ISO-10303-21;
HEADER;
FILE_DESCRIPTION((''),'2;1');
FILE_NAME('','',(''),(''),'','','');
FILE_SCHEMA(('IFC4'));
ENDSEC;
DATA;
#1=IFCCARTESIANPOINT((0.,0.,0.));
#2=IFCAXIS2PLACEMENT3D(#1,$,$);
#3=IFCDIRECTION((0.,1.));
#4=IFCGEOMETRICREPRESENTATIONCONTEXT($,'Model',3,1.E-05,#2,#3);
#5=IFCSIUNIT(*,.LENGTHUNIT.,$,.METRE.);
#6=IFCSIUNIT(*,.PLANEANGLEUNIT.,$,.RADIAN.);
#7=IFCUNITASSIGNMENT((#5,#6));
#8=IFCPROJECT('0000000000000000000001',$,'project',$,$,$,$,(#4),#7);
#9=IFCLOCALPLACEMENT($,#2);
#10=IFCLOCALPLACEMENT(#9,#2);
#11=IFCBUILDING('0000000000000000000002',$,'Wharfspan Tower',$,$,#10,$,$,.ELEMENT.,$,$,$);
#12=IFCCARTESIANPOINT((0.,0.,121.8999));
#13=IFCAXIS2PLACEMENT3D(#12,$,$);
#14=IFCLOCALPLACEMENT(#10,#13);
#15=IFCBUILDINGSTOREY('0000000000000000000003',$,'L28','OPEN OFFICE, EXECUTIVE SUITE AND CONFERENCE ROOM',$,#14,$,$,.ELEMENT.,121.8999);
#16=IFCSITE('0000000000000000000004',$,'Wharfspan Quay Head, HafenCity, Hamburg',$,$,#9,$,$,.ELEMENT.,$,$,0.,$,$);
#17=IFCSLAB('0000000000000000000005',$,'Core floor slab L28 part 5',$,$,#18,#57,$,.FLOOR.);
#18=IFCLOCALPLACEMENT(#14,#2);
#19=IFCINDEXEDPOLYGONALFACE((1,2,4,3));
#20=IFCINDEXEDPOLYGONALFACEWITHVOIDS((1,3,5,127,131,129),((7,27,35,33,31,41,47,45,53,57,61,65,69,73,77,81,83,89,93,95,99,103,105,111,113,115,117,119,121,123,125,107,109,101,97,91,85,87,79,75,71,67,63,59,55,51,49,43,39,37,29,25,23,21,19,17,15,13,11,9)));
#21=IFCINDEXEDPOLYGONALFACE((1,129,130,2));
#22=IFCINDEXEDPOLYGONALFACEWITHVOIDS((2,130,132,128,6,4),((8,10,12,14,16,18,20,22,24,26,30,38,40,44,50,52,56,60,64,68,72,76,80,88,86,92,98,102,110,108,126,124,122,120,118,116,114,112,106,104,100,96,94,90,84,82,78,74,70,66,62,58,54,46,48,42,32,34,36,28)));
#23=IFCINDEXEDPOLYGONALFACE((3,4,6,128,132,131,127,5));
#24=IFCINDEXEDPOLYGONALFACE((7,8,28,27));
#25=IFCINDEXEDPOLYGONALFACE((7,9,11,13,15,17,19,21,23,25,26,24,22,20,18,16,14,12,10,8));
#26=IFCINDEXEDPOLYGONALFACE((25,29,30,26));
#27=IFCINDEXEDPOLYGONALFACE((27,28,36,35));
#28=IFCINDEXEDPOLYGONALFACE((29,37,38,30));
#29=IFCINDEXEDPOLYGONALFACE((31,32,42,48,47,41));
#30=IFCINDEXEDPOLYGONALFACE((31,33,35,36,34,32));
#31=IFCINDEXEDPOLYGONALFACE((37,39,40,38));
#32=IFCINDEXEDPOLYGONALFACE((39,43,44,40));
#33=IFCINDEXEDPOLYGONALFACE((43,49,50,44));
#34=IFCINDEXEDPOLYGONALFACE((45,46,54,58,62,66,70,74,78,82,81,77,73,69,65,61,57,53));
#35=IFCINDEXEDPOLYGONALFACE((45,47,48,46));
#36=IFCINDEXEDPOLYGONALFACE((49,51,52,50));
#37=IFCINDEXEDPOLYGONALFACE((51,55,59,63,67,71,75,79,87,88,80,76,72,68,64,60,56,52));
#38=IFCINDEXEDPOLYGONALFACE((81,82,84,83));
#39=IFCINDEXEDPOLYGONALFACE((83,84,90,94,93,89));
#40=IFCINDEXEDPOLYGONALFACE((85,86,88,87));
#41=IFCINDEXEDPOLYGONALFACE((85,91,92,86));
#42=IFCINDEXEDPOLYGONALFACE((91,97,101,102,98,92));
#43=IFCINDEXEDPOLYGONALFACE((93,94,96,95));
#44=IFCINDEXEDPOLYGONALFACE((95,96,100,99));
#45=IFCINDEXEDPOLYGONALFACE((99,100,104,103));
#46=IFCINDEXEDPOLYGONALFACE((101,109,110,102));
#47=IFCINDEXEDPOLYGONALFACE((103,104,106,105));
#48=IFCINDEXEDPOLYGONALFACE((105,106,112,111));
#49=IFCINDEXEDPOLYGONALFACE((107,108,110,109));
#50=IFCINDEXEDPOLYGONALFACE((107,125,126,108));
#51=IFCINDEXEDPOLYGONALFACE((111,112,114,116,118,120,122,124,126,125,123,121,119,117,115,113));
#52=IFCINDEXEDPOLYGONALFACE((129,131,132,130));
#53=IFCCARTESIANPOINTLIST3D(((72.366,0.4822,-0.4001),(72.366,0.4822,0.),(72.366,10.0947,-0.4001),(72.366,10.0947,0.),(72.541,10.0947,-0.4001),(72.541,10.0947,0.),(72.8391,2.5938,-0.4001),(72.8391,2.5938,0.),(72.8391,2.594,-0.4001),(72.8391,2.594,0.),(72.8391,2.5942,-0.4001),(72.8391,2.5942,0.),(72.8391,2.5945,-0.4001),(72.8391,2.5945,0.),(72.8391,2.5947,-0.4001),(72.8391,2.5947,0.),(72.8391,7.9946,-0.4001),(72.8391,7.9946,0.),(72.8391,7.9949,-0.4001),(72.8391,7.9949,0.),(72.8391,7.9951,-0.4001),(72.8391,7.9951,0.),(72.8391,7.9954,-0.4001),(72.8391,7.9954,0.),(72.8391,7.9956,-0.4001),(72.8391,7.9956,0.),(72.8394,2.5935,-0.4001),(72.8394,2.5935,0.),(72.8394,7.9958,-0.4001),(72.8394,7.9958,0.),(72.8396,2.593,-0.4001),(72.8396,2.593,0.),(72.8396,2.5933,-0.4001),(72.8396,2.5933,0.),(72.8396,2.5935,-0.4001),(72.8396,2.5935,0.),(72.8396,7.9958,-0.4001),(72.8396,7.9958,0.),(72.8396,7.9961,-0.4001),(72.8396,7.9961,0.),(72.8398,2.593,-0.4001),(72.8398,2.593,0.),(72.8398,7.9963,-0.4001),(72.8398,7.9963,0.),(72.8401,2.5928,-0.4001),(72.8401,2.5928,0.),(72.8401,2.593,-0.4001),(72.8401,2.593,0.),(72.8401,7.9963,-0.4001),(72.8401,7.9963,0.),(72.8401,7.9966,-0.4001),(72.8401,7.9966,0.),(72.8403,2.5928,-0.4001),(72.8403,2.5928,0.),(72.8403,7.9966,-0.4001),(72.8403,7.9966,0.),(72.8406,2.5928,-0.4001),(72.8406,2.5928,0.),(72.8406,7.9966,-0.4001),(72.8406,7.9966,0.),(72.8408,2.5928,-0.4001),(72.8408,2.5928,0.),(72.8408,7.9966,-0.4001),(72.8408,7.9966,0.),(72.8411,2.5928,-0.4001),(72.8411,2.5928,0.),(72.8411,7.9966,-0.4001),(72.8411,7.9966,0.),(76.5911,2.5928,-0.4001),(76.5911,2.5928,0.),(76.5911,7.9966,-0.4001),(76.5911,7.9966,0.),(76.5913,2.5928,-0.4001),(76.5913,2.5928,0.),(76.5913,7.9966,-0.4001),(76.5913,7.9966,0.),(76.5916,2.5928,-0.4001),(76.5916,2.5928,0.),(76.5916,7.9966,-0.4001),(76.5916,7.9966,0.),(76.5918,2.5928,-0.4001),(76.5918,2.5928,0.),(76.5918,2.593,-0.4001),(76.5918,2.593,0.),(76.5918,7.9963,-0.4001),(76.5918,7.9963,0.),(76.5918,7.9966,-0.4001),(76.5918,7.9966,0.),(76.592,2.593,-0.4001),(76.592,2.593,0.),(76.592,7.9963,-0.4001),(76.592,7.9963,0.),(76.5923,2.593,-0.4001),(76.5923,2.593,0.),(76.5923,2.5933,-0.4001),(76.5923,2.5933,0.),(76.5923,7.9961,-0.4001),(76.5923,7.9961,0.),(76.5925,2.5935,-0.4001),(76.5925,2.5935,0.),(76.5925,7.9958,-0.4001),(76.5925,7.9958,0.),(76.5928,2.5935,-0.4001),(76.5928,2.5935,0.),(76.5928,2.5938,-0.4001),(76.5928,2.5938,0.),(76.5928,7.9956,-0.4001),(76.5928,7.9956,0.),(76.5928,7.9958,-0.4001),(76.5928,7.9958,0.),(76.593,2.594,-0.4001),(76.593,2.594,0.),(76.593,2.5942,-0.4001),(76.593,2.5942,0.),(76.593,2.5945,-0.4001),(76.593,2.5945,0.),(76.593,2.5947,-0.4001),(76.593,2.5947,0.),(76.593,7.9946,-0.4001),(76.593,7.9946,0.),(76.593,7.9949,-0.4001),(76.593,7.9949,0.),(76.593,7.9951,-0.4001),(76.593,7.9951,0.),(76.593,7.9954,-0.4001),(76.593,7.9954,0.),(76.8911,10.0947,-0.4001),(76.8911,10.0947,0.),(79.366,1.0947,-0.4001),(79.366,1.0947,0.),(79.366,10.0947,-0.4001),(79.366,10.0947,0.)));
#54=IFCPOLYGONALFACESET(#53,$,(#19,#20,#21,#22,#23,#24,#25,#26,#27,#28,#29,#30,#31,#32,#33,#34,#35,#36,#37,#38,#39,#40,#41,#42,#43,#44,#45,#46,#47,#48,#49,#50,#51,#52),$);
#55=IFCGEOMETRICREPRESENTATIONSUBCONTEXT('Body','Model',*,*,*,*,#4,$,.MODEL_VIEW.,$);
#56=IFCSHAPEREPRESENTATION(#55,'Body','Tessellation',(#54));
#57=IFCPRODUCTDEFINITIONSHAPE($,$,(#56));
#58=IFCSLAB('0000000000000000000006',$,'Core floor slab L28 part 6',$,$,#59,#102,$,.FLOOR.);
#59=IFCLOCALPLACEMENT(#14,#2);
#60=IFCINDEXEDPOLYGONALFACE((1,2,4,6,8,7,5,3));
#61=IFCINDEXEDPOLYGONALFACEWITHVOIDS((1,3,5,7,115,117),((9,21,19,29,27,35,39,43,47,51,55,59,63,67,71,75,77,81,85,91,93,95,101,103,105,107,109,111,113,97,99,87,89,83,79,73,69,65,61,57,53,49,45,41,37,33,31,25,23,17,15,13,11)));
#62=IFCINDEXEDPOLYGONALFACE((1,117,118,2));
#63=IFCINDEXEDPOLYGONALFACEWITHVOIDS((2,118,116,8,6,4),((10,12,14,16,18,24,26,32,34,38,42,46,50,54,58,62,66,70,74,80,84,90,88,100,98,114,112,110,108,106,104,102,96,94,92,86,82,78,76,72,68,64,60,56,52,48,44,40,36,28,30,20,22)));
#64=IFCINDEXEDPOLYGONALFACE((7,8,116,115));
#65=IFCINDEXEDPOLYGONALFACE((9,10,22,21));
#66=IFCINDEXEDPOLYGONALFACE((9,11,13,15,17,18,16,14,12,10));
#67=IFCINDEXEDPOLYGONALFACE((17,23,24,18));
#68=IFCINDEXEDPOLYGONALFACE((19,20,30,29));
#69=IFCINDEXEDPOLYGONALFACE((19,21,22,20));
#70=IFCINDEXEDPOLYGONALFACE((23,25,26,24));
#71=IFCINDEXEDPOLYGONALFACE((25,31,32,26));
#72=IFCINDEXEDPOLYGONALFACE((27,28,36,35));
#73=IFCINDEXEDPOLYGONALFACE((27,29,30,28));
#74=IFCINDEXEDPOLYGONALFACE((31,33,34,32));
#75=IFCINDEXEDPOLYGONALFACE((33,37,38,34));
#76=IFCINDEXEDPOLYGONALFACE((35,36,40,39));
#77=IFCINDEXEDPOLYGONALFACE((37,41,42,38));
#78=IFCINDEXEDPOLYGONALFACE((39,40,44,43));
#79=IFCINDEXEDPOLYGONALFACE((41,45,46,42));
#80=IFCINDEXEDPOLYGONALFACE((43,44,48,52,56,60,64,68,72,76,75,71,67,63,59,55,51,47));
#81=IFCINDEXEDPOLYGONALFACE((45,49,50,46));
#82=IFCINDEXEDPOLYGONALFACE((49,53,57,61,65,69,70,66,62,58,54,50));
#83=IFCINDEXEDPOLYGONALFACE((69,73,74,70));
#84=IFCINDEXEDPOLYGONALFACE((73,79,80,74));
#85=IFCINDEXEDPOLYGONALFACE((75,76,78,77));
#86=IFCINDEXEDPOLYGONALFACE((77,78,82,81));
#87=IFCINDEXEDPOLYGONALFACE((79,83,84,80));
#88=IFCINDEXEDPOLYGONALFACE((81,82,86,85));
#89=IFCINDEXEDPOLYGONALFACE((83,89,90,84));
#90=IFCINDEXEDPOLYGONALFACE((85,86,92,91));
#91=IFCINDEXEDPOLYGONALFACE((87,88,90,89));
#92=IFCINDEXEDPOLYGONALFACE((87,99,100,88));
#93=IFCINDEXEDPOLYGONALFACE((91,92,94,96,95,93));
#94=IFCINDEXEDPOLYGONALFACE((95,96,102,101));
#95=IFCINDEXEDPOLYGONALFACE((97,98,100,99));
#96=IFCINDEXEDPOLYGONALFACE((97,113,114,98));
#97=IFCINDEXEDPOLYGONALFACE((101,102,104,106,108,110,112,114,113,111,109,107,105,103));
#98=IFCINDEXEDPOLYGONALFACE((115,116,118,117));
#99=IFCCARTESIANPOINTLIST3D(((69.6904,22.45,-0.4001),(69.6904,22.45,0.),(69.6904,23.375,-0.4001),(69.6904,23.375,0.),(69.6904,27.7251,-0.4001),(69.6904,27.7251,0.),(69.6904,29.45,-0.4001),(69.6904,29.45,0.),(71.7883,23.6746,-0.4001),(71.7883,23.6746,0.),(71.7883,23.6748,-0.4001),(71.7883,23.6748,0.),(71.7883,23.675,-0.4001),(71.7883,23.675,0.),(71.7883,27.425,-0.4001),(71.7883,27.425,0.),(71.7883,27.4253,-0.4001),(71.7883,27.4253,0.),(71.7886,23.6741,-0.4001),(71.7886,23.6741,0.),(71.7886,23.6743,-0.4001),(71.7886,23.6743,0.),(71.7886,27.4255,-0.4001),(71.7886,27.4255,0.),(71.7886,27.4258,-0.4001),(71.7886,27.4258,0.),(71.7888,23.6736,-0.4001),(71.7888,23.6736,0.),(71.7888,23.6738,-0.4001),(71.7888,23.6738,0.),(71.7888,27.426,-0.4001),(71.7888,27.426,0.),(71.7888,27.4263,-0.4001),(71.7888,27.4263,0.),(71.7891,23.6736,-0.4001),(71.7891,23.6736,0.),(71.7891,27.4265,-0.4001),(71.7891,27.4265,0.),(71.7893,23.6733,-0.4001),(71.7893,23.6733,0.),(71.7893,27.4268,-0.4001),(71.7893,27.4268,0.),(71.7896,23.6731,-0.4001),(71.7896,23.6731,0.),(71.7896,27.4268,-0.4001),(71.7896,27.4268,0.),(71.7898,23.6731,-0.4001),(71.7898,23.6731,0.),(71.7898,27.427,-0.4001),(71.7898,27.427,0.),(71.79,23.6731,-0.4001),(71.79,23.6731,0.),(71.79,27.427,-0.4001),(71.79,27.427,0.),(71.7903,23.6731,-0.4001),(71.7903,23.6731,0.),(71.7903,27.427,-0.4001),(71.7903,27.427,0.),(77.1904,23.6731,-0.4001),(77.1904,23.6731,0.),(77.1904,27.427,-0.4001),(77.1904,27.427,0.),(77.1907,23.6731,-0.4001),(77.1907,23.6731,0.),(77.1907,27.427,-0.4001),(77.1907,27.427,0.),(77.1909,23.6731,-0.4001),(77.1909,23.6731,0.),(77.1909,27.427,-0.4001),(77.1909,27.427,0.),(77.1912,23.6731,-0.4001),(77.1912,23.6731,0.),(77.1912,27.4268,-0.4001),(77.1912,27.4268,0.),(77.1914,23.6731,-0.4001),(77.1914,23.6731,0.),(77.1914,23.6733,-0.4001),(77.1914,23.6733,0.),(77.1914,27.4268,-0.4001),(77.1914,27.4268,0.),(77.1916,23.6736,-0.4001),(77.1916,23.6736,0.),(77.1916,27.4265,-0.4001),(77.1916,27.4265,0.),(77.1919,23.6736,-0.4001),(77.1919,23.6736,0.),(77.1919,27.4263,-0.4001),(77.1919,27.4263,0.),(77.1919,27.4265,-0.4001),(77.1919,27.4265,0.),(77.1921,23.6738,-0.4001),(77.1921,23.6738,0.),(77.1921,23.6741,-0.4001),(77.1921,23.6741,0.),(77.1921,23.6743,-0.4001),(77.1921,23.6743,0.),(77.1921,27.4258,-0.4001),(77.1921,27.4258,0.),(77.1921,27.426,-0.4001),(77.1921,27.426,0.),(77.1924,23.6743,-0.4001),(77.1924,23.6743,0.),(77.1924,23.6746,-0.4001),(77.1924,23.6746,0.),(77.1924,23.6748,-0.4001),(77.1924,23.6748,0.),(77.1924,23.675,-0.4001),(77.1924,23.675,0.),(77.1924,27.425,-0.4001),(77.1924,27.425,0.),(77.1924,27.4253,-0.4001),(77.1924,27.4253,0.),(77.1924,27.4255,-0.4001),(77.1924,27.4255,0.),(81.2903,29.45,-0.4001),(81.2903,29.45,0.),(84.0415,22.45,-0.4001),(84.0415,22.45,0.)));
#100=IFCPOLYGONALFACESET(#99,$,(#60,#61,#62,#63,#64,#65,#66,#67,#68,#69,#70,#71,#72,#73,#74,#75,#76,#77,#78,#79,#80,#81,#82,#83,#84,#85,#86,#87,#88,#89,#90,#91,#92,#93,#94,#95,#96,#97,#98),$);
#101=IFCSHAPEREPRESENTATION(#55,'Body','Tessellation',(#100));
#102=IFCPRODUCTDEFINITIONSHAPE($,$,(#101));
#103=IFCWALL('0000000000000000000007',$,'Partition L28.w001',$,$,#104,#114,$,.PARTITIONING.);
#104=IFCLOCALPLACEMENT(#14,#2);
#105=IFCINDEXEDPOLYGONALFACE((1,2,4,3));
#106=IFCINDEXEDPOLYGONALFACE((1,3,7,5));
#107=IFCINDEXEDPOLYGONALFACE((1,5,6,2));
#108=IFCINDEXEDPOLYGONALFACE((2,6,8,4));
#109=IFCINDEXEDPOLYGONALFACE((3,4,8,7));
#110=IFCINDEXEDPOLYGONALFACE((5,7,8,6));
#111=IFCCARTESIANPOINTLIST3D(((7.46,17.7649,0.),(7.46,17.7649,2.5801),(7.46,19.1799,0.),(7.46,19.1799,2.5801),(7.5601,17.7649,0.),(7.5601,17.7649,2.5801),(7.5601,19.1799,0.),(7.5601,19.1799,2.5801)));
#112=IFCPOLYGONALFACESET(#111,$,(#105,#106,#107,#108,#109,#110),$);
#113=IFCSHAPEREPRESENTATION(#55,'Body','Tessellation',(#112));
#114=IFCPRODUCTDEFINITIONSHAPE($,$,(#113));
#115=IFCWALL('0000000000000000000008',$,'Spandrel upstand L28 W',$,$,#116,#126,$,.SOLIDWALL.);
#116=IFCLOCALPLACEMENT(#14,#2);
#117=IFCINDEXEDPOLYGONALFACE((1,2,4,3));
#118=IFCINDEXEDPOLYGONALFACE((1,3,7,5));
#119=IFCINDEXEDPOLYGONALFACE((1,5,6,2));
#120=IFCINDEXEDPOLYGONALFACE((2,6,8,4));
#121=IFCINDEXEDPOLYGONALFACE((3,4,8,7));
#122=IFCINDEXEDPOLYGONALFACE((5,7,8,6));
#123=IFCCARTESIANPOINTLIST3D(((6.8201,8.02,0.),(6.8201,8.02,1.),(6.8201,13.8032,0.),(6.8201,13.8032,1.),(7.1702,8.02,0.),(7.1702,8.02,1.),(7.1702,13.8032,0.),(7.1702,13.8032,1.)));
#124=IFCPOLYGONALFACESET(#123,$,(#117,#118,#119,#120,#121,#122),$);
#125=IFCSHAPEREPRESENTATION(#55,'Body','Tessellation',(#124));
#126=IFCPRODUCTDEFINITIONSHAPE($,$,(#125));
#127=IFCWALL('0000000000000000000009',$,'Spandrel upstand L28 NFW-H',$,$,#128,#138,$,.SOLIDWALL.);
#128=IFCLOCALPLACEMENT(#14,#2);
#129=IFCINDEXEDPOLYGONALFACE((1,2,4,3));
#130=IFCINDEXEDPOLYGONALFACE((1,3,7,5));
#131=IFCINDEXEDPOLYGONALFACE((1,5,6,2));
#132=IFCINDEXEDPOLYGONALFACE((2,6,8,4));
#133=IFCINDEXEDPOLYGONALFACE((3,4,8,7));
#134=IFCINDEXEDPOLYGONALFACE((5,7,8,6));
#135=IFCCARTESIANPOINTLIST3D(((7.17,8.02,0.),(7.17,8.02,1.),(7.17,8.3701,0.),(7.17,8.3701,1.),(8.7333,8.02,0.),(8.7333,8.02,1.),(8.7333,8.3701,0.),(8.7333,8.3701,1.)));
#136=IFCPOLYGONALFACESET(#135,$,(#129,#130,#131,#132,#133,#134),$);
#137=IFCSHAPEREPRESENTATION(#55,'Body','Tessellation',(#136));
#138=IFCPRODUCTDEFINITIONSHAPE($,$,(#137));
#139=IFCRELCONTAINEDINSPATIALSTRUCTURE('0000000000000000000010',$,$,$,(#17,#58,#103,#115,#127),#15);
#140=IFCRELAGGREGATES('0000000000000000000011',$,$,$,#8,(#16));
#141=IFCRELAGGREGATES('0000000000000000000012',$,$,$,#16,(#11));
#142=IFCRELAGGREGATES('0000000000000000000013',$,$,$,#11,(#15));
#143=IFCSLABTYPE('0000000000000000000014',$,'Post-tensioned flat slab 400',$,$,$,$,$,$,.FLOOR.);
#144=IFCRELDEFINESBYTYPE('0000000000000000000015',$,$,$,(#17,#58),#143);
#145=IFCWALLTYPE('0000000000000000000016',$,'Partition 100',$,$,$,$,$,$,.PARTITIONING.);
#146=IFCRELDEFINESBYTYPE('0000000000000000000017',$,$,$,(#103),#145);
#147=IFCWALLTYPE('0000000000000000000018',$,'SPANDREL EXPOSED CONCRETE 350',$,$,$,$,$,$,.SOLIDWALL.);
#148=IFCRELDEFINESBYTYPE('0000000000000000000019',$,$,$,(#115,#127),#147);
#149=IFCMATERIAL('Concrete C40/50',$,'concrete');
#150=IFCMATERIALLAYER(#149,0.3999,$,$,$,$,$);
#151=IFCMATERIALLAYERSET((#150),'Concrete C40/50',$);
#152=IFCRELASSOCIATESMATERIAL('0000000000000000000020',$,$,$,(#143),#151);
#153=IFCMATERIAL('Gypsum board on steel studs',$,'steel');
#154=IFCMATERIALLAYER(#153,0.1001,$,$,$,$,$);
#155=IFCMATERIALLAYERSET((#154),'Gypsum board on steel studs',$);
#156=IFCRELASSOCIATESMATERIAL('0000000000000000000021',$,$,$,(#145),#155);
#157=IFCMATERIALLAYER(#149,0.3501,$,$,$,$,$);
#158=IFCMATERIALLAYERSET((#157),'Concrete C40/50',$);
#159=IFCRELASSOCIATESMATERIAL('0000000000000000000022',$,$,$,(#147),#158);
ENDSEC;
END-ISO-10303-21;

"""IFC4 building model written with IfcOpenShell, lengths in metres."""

from ifc_helpers import new_model, si_unit, direction, frame, frame_2d, origin, place, context, subcontext, project, spatial, polyline, rectangle, outline, extrude, material, layer, layer_set, type_object, element, save


model = new_model("IFC4")

# Units and contexts
model_context = context("Model", 3, precision=1e-05, world=origin(), true_north=direction((0.0, 1.0)))
body_context = subcontext(model_context, "Body", "Model", "MODEL_VIEW")
ifc_project = project(units=[si_unit("LENGTHUNIT", "METRE"), si_unit("PLANEANGLEUNIT", "RADIAN")], contexts=[model_context])

# Site, building, storey
site_placement = place(None, origin())
site = spatial("IfcSite", under=ifc_project, at=site_placement, Name="Wharfspan Quay Head, HafenCity, Hamburg", CompositionType="ELEMENT", RefElevation=0.0)
building_placement = place(site_placement, origin())
building = spatial("IfcBuilding", under=site, at=building_placement, Name="Wharfspan Tower", CompositionType="ELEMENT")
storey_placement = place(building_placement, frame((0.0, 0.0, 121.8999)))
storey = spatial("IfcBuildingStorey", under=building, at=storey_placement, Name="L28", Description="OPEN OFFICE, EXECUTIVE SUITE AND CONFERENCE ROOM", CompositionType="ELEMENT", Elevation=121.8999)

# Slabs
ifc_material_1 = material(Name="Concrete C40/50", Category="concrete")
ifc_layer_1 = layer(ifc_material_1, 0.3999)
ifc_layer_set_1 = layer_set([ifc_layer_1], Name="Concrete C40/50")
slab_type = type_object("IfcSlabType", Name="Post-tensioned flat slab 400", PredefinedType="FLOOR", material=ifc_layer_set_1)
slab_1_placement = place(storey_placement, frame((0.0, 0.0, -0.4001)))
element("IfcSlab", 1, at=slab_1_placement, inside=storey, type_object=slab_type, Name="Core floor slab L28 part 5", PredefinedType="FLOOR", context=body_context, shape_type="SweptSolid", body=[
    extrude(outline(polyline([(79.366, 10.0947), (76.8911, 10.0947), (72.541, 10.0947), (72.366, 10.0947), (72.366, 0.4822), (79.366, 1.0947), (79.366, 10.0947)]), holes=[polyline([(76.5911, 7.9966), (76.5913, 7.9966), (76.5913, 7.9966), (76.5916, 7.9966), (76.5918, 7.9966), (76.5918, 7.9963), (76.592, 7.9963), (76.5923, 7.9961), (76.5923, 7.9961), (76.5925, 7.9958), (76.5928, 7.9958), (76.5928, 7.9956), (76.593, 7.9954), (76.593, 7.9951), (76.593, 7.9951), (76.593, 7.9949), (76.593, 7.9946), (76.593, 2.5947), (76.593, 2.5945), (76.593, 2.5942), (76.593, 2.594), (76.593, 2.594), (76.5928, 2.5938), (76.5928, 2.5935), (76.5925, 2.5935), (76.5923, 2.5933), (76.5923, 2.593), (76.592, 2.593), (76.5918, 2.593), (76.5918, 2.5928), (76.5916, 2.5928), (76.5913, 2.5928), (76.5913, 2.5928), (76.5911, 2.5928), (72.8411, 2.5928), (72.8408, 2.5928), (72.8406, 2.5928), (72.8403, 2.5928), (72.8401, 2.5928), (72.8401, 2.593), (72.8398, 2.593), (72.8396, 2.593), (72.8396, 2.5933), (72.8396, 2.5935), (72.8394, 2.5935), (72.8391, 2.5938), (72.8391, 2.594), (72.8391, 2.594), (72.8391, 2.5942), (72.8391, 2.5945), (72.8391, 2.5947), (72.8391, 7.9946), (72.8391, 7.9949), (72.8391, 7.9951), (72.8391, 7.9951), (72.8391, 7.9954), (72.8391, 7.9956), (72.8394, 7.9958), (72.8396, 7.9958), (72.8396, 7.9961), (72.8396, 7.9961), (72.8398, 7.9963), (72.8401, 7.9963), (72.8401, 7.9966), (72.8403, 7.9966), (72.8406, 7.9966), (72.8408, 7.9966), (72.8411, 7.9966), (76.5911, 7.9966)])]), origin(), (0.0, 0.0, 1.0), 0.4001),
])
slab_2_placement = place(storey_placement, frame((0.0, 0.0, -0.4001)))
element("IfcSlab", 2, at=slab_2_placement, inside=storey, type_object=slab_type, Name="Core floor slab L28 part 6", PredefinedType="FLOOR", context=body_context, shape_type="SweptSolid", body=[
    extrude(outline(polyline([(81.2903, 29.45), (69.6904, 29.45), (69.6904, 27.7251), (69.6904, 23.375), (69.6904, 22.45), (84.0415, 22.45), (81.2903, 29.45)]), holes=[polyline([(71.7903, 23.6731), (71.7903, 23.6731), (71.79, 23.6731), (71.7898, 23.6731), (71.7896, 23.6731), (71.7896, 23.6731), (71.7893, 23.6733), (71.7891, 23.6736), (71.7891, 23.6736), (71.7888, 23.6736), (71.7888, 23.6738), (71.7886, 23.6741), (71.7886, 23.6743), (71.7886, 23.6743), (71.7883, 23.6746), (71.7883, 23.6748), (71.7883, 23.675), (71.7883, 27.425), (71.7883, 27.4253), (71.7883, 27.4253), (71.7886, 27.4255), (71.7886, 27.4258), (71.7886, 27.4258), (71.7888, 27.426), (71.7888, 27.4263), (71.7891, 27.4265), (71.7891, 27.4265), (71.7893, 27.4268), (71.7896, 27.4268), (71.7896, 27.4268), (71.7898, 27.427), (71.79, 27.427), (71.7903, 27.427), (71.7903, 27.427), (77.1904, 27.427), (77.1907, 27.427), (77.1909, 27.427), (77.1909, 27.427), (77.1912, 27.4268), (77.1914, 27.4268), (77.1914, 27.4268), (77.1916, 27.4265), (77.1919, 27.4265), (77.1919, 27.4263), (77.1921, 27.426), (77.1921, 27.4258), (77.1921, 27.4258), (77.1924, 27.4255), (77.1924, 27.4253), (77.1924, 27.4253), (77.1924, 27.425), (77.1924, 23.675), (77.1924, 23.6748), (77.1924, 23.6746), (77.1924, 23.6743), (77.1921, 23.6743), (77.1921, 23.6741), (77.1921, 23.6738), (77.1919, 23.6736), (77.1919, 23.6736), (77.1916, 23.6736), (77.1914, 23.6733), (77.1914, 23.6731), (77.1912, 23.6731), (77.1909, 23.6731), (77.1909, 23.6731), (77.1907, 23.6731), (77.1904, 23.6731), (71.7903, 23.6731)])]), origin(), (0.0, 0.0, 1.0), 0.4001),
])

# Walls
ifc_material_2 = material(Name="Gypsum board on steel studs", Category="steel")
ifc_layer_2 = layer(ifc_material_2, 0.1001)
ifc_layer_set_2 = layer_set([ifc_layer_2], Name="Gypsum board on steel studs")
wall_type_1 = type_object("IfcWallType", Name="Partition 100", PredefinedType="PARTITIONING", material=ifc_layer_set_2)
wall_1_placement = place(storey_placement, frame((7.51, 17.7649, 0.0), z_axis=(0.0, 0.0, 1.0), x_axis=(0.0, 1.0, 0.0)))
element("IfcWall", 3, at=wall_1_placement, inside=storey, type_object=wall_type_1, Name="Partition L28.w001", PredefinedType="PARTITIONING", context=body_context, shape_type="SweptSolid", body=[
    extrude(rectangle(XDim=1.415, YDim=0.1001, at=frame_2d((0.7075, 0.0))), origin(), (0.0, 0.0, 1.0), 2.5801),
])
ifc_layer_3 = layer(ifc_material_1, 0.3501)
ifc_layer_set_3 = layer_set([ifc_layer_3], Name="Concrete C40/50")
wall_type_2 = type_object("IfcWallType", Name="SPANDREL EXPOSED CONCRETE 350", PredefinedType="SOLIDWALL", material=ifc_layer_set_3)
wall_2_placement = place(storey_placement, frame((6.9951, 13.8032, 0.0), z_axis=(0.0, 0.0, 1.0), x_axis=(0.0, -1.0, 0.0)))
element("IfcWall", 4, at=wall_2_placement, inside=storey, type_object=wall_type_2, Name="Spandrel upstand L28 W", PredefinedType="SOLIDWALL", context=body_context, shape_type="SweptSolid", body=[
    extrude(rectangle(XDim=5.7832, YDim=0.3501, at=frame_2d((2.8916, 0.0))), origin(), (0.0, 0.0, 1.0), 1.0),
])
wall_3_placement = place(storey_placement, frame((7.1699, 8.1951, 0.0), z_axis=(0.0, 0.0, 1.0), x_axis=(1.0, 0.0, 0.0)))
element("IfcWall", 5, at=wall_3_placement, inside=storey, type_object=wall_type_2, Name="Spandrel upstand L28 NFW-H", PredefinedType="SOLIDWALL", context=body_context, shape_type="SweptSolid", body=[
    extrude(rectangle(XDim=1.5632, YDim=0.3501, at=frame_2d((0.7817, 0.0))), origin(), (0.0, 0.0, 1.0), 1.0),
])

save(model, "model.ifc")
